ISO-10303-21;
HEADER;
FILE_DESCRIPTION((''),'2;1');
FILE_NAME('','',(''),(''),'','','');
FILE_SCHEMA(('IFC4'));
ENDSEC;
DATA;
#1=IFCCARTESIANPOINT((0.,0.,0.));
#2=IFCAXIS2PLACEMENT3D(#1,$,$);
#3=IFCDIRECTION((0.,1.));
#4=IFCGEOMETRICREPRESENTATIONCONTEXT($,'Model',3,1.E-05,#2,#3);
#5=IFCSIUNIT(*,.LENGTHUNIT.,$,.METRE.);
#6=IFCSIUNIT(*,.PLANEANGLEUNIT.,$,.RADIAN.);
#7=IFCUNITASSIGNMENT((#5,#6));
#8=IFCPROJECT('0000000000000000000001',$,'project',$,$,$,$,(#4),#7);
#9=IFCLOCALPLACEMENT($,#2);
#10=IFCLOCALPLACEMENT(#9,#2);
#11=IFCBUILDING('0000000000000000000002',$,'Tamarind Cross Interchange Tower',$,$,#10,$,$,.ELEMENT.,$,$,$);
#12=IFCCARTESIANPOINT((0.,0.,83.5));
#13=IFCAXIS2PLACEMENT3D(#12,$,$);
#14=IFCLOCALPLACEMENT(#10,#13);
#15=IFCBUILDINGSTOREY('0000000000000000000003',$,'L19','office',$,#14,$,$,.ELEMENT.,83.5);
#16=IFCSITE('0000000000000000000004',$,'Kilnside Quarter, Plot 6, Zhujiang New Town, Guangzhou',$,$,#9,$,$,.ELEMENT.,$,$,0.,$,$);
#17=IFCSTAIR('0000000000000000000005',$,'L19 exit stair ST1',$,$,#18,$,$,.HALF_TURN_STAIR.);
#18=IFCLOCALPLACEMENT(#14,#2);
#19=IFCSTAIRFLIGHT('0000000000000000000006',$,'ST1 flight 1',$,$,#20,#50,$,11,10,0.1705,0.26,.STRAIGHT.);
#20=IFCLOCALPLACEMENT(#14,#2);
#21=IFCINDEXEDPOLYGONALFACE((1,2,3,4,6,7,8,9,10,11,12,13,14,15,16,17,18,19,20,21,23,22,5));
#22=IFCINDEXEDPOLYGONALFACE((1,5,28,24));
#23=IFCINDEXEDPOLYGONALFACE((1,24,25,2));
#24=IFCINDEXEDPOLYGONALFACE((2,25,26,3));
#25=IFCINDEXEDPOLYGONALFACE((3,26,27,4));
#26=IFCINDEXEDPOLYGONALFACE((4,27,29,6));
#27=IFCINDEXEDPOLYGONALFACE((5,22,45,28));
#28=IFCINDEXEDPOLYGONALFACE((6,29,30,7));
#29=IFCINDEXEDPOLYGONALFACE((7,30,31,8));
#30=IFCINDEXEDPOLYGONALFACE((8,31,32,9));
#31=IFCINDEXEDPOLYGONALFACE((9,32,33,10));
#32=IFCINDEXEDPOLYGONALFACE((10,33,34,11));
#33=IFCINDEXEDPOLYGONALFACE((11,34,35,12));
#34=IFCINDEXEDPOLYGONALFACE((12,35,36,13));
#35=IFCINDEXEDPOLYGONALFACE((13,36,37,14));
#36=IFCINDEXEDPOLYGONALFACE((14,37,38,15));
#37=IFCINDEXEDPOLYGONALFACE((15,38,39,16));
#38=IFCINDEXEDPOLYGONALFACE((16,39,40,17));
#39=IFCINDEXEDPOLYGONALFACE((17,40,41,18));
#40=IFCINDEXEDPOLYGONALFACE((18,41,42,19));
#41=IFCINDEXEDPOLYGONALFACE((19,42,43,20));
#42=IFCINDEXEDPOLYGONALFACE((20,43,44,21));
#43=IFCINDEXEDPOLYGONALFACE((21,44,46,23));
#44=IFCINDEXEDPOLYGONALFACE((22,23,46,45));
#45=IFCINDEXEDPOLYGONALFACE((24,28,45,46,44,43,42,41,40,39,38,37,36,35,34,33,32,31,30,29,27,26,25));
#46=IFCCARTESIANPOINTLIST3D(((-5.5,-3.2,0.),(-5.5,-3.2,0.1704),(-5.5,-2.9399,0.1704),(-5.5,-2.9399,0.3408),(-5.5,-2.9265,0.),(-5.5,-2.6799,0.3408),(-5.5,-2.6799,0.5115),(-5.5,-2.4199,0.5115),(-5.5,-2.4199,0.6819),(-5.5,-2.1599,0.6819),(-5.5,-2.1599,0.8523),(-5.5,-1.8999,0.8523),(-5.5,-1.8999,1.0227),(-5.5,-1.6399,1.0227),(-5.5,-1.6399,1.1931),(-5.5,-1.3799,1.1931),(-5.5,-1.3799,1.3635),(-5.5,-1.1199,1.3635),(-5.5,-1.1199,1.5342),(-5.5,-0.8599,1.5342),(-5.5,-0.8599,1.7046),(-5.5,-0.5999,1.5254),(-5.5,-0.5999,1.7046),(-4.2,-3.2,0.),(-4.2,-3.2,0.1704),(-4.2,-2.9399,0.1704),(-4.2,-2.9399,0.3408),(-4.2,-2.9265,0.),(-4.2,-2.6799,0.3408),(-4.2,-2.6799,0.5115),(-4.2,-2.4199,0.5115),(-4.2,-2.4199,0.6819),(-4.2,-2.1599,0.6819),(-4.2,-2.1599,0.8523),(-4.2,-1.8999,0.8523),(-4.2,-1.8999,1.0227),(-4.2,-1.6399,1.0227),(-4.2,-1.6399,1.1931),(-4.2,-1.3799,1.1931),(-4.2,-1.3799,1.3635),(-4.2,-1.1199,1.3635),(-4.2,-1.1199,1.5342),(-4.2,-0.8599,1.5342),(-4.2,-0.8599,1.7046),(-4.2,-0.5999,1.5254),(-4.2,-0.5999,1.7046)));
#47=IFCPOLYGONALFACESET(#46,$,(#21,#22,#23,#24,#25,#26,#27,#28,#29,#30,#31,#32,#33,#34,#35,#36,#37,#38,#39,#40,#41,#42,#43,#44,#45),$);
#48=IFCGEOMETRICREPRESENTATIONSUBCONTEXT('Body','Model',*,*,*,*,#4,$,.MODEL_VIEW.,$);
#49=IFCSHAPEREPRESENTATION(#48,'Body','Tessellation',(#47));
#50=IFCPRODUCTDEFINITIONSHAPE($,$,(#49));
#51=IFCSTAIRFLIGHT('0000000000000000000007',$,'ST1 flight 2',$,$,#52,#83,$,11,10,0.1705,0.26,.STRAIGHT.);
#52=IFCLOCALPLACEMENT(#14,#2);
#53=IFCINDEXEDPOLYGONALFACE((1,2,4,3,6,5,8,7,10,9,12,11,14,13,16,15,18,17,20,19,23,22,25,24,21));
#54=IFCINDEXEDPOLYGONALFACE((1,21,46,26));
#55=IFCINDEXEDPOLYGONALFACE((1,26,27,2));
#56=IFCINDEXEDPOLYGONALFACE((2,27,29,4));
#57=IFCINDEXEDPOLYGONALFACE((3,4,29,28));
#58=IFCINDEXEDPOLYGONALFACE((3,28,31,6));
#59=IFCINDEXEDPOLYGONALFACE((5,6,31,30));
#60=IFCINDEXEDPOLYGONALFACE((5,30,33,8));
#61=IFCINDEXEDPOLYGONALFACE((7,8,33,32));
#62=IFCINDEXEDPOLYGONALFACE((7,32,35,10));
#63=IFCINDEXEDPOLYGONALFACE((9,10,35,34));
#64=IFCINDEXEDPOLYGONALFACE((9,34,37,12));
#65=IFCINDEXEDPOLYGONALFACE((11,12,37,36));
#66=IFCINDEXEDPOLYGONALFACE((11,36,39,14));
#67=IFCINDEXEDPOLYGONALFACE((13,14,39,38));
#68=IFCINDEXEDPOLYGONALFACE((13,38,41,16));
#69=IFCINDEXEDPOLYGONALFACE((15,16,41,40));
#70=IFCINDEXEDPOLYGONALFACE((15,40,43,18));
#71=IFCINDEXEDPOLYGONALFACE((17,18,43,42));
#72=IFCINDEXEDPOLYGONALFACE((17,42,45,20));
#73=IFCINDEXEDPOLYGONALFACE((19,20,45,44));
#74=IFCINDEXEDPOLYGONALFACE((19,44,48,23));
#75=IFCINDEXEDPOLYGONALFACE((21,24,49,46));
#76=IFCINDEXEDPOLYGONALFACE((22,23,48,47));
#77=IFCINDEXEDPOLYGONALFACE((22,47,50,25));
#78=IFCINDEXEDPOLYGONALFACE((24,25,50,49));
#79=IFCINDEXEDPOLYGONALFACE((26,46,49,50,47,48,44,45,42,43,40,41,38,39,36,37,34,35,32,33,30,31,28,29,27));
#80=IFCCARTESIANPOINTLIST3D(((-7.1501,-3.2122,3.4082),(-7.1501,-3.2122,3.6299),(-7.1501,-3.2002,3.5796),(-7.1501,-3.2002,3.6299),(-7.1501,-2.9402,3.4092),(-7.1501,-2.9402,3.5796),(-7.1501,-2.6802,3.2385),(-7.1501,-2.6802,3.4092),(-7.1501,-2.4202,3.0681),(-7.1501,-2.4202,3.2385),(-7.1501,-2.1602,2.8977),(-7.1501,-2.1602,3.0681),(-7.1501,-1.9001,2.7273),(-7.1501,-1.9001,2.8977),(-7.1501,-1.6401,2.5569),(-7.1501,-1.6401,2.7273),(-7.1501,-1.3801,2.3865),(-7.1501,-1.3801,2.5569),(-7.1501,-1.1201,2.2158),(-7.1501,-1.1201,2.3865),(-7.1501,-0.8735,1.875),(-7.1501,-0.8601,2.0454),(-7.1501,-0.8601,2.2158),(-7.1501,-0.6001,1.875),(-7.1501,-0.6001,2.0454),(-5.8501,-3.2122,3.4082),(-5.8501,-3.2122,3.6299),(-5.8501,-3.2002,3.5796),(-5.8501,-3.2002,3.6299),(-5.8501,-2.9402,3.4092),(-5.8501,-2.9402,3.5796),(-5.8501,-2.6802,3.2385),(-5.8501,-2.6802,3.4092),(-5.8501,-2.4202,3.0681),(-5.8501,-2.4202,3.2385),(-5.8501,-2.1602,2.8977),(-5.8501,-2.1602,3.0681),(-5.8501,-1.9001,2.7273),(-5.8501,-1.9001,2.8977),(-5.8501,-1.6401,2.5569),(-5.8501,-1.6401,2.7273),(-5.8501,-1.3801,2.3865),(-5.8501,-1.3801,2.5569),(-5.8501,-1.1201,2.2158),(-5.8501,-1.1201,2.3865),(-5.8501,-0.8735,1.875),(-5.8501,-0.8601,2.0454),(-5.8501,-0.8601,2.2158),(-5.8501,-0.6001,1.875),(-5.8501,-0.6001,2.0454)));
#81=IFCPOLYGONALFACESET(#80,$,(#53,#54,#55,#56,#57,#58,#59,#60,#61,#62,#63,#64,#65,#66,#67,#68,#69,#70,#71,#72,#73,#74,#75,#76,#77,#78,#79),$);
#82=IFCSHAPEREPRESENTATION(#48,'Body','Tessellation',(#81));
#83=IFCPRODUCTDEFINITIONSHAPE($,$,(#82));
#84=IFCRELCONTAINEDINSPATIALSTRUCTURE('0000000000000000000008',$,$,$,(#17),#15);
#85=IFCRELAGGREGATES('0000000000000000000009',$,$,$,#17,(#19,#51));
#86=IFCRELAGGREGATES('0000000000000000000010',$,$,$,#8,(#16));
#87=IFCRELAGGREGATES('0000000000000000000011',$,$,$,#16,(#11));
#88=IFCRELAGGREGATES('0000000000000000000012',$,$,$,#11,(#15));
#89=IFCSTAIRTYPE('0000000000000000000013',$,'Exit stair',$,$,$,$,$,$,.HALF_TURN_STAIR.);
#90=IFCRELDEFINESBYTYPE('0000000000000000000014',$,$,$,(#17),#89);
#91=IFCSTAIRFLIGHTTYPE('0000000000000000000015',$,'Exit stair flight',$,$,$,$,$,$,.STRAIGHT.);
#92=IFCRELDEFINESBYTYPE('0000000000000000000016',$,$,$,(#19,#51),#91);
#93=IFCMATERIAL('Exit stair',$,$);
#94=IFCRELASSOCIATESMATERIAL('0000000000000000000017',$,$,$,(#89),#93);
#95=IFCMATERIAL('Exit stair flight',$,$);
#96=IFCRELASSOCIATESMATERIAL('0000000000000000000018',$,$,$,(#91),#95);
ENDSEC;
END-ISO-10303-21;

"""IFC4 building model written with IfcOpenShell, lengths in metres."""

from ifc_helpers import new_model, si_unit, direction, frame, origin, place, context, subcontext, project, spatial, polyline, outline, extrude, material, type_object, element, aggregate, save


model = new_model("IFC4")

# Units and contexts
model_context = context("Model", 3, precision=1e-05, world=origin(), true_north=direction((0.0, 1.0)))
body_context = subcontext(model_context, "Body", "Model", "MODEL_VIEW")
ifc_project = project(units=[si_unit("LENGTHUNIT", "METRE"), si_unit("PLANEANGLEUNIT", "RADIAN")], contexts=[model_context])

# Site, building, storey
site_placement = place(None, origin())
site = spatial("IfcSite", under=ifc_project, at=site_placement, Name="Kilnside Quarter, Plot 6, Zhujiang New Town, Guangzhou", CompositionType="ELEMENT", RefElevation=0.0)
building_placement = place(site_placement, origin())
building = spatial("IfcBuilding", under=site, at=building_placement, Name="Tamarind Cross Interchange Tower", CompositionType="ELEMENT")
storey_placement = place(building_placement, frame((0.0, 0.0, 83.5)))
storey = spatial("IfcBuildingStorey", under=building, at=storey_placement, Name="L19", Description="office", CompositionType="ELEMENT", Elevation=83.5)

# Stair, stair flights
ifc_material_1 = material(Name="Exit stair")
stair_type = type_object("IfcStairType", Name="Exit stair", PredefinedType="HALF_TURN_STAIR", material=ifc_material_1)
stair_placement = place(storey_placement, origin())
stair = element("IfcStair", 1, at=stair_placement, inside=storey, type_object=stair_type, Name="L19 exit stair ST1", PredefinedType="HALF_TURN_STAIR")
ifc_material_2 = material(Name="Exit stair flight")
stair_flight_type = type_object("IfcStairFlightType", Name="Exit stair flight", PredefinedType="STRAIGHT", material=ifc_material_2)
stair_flight_1_placement = place(storey_placement, frame((-4.8501, -3.2, 0.0), z_axis=(0.0, 0.0, 1.0), x_axis=(0.0, 1.0, 0.0)))
stair_flight_1 = element("IfcStairFlight", 2, at=stair_flight_1_placement, type_object=stair_flight_type, Name="ST1 flight 1", NumberOfRisers=11, NumberOfTreads=10, PredefinedType="STRAIGHT", RiserHeight=0.1705, TreadLength=0.26, context=body_context, shape_type="SweptSolid", body=[
    extrude(outline(polyline([(0.0, 0.0), (0.0, 0.1704), (0.26, 0.1704), (0.26, 0.3408), (0.52, 0.3408), (0.52, 0.5115), (0.78, 0.5115), (0.78, 0.6819), (1.04, 0.6819), (1.04, 0.8523), (1.3, 0.8523), (1.3, 1.0227), (1.5601, 1.0227), (1.5601, 1.1931), (1.8201, 1.1931), (1.8201, 1.3635), (2.0801, 1.3635), (2.0801, 1.5342), (2.3401, 1.5342), (2.3401, 1.7046), (2.6001, 1.7046), (2.6001, 1.875), (2.6001, 1.5254), (0.2734, 0.0), (0.0, 0.0)])), frame((0.0, 0.6499, 0.0), z_axis=(0.0, -1.0, 0.0), x_axis=(1.0, 0.0, 0.0)), (0.0, 0.0, 1.0), 1.3),
])
stair_flight_2_placement = place(storey_placement, frame((-6.5, -0.6001, 1.875), z_axis=(0.0, 0.0, 1.0), x_axis=(0.0, -1.0, 0.0)))
stair_flight_2 = element("IfcStairFlight", 3, at=stair_flight_2_placement, type_object=stair_flight_type, Name="ST1 flight 2", NumberOfRisers=11, NumberOfTreads=10, PredefinedType="STRAIGHT", RiserHeight=0.1705, TreadLength=0.26, context=body_context, shape_type="SweptSolid", body=[
    extrude(outline(polyline([(0.0, 0.0), (0.0, 0.1704), (0.26, 0.1704), (0.26, 0.3408), (0.52, 0.3408), (0.52, 0.5115), (0.78, 0.5115), (0.78, 0.6819), (1.04, 0.6819), (1.04, 0.8523), (1.3, 0.8523), (1.3, 1.0227), (1.5601, 1.0227), (1.5601, 1.1931), (1.8201, 1.1931), (1.8201, 1.3635), (2.0801, 1.3635), (2.0801, 1.5342), (2.3401, 1.5342), (2.3401, 1.7046), (2.6001, 1.7046), (2.6001, 1.7549), (2.6121, 1.7549), (2.6121, 1.5332), (0.2734, 0.0), (0.0, 0.0)])), frame((0.0, 0.6499, 0.0), z_axis=(0.0, -1.0, 0.0), x_axis=(1.0, 0.0, 0.0)), (0.0, 0.0, 1.0), 1.3),
])
aggregate(stair, [stair_flight_1, stair_flight_2])

save(model, "model.ifc")
